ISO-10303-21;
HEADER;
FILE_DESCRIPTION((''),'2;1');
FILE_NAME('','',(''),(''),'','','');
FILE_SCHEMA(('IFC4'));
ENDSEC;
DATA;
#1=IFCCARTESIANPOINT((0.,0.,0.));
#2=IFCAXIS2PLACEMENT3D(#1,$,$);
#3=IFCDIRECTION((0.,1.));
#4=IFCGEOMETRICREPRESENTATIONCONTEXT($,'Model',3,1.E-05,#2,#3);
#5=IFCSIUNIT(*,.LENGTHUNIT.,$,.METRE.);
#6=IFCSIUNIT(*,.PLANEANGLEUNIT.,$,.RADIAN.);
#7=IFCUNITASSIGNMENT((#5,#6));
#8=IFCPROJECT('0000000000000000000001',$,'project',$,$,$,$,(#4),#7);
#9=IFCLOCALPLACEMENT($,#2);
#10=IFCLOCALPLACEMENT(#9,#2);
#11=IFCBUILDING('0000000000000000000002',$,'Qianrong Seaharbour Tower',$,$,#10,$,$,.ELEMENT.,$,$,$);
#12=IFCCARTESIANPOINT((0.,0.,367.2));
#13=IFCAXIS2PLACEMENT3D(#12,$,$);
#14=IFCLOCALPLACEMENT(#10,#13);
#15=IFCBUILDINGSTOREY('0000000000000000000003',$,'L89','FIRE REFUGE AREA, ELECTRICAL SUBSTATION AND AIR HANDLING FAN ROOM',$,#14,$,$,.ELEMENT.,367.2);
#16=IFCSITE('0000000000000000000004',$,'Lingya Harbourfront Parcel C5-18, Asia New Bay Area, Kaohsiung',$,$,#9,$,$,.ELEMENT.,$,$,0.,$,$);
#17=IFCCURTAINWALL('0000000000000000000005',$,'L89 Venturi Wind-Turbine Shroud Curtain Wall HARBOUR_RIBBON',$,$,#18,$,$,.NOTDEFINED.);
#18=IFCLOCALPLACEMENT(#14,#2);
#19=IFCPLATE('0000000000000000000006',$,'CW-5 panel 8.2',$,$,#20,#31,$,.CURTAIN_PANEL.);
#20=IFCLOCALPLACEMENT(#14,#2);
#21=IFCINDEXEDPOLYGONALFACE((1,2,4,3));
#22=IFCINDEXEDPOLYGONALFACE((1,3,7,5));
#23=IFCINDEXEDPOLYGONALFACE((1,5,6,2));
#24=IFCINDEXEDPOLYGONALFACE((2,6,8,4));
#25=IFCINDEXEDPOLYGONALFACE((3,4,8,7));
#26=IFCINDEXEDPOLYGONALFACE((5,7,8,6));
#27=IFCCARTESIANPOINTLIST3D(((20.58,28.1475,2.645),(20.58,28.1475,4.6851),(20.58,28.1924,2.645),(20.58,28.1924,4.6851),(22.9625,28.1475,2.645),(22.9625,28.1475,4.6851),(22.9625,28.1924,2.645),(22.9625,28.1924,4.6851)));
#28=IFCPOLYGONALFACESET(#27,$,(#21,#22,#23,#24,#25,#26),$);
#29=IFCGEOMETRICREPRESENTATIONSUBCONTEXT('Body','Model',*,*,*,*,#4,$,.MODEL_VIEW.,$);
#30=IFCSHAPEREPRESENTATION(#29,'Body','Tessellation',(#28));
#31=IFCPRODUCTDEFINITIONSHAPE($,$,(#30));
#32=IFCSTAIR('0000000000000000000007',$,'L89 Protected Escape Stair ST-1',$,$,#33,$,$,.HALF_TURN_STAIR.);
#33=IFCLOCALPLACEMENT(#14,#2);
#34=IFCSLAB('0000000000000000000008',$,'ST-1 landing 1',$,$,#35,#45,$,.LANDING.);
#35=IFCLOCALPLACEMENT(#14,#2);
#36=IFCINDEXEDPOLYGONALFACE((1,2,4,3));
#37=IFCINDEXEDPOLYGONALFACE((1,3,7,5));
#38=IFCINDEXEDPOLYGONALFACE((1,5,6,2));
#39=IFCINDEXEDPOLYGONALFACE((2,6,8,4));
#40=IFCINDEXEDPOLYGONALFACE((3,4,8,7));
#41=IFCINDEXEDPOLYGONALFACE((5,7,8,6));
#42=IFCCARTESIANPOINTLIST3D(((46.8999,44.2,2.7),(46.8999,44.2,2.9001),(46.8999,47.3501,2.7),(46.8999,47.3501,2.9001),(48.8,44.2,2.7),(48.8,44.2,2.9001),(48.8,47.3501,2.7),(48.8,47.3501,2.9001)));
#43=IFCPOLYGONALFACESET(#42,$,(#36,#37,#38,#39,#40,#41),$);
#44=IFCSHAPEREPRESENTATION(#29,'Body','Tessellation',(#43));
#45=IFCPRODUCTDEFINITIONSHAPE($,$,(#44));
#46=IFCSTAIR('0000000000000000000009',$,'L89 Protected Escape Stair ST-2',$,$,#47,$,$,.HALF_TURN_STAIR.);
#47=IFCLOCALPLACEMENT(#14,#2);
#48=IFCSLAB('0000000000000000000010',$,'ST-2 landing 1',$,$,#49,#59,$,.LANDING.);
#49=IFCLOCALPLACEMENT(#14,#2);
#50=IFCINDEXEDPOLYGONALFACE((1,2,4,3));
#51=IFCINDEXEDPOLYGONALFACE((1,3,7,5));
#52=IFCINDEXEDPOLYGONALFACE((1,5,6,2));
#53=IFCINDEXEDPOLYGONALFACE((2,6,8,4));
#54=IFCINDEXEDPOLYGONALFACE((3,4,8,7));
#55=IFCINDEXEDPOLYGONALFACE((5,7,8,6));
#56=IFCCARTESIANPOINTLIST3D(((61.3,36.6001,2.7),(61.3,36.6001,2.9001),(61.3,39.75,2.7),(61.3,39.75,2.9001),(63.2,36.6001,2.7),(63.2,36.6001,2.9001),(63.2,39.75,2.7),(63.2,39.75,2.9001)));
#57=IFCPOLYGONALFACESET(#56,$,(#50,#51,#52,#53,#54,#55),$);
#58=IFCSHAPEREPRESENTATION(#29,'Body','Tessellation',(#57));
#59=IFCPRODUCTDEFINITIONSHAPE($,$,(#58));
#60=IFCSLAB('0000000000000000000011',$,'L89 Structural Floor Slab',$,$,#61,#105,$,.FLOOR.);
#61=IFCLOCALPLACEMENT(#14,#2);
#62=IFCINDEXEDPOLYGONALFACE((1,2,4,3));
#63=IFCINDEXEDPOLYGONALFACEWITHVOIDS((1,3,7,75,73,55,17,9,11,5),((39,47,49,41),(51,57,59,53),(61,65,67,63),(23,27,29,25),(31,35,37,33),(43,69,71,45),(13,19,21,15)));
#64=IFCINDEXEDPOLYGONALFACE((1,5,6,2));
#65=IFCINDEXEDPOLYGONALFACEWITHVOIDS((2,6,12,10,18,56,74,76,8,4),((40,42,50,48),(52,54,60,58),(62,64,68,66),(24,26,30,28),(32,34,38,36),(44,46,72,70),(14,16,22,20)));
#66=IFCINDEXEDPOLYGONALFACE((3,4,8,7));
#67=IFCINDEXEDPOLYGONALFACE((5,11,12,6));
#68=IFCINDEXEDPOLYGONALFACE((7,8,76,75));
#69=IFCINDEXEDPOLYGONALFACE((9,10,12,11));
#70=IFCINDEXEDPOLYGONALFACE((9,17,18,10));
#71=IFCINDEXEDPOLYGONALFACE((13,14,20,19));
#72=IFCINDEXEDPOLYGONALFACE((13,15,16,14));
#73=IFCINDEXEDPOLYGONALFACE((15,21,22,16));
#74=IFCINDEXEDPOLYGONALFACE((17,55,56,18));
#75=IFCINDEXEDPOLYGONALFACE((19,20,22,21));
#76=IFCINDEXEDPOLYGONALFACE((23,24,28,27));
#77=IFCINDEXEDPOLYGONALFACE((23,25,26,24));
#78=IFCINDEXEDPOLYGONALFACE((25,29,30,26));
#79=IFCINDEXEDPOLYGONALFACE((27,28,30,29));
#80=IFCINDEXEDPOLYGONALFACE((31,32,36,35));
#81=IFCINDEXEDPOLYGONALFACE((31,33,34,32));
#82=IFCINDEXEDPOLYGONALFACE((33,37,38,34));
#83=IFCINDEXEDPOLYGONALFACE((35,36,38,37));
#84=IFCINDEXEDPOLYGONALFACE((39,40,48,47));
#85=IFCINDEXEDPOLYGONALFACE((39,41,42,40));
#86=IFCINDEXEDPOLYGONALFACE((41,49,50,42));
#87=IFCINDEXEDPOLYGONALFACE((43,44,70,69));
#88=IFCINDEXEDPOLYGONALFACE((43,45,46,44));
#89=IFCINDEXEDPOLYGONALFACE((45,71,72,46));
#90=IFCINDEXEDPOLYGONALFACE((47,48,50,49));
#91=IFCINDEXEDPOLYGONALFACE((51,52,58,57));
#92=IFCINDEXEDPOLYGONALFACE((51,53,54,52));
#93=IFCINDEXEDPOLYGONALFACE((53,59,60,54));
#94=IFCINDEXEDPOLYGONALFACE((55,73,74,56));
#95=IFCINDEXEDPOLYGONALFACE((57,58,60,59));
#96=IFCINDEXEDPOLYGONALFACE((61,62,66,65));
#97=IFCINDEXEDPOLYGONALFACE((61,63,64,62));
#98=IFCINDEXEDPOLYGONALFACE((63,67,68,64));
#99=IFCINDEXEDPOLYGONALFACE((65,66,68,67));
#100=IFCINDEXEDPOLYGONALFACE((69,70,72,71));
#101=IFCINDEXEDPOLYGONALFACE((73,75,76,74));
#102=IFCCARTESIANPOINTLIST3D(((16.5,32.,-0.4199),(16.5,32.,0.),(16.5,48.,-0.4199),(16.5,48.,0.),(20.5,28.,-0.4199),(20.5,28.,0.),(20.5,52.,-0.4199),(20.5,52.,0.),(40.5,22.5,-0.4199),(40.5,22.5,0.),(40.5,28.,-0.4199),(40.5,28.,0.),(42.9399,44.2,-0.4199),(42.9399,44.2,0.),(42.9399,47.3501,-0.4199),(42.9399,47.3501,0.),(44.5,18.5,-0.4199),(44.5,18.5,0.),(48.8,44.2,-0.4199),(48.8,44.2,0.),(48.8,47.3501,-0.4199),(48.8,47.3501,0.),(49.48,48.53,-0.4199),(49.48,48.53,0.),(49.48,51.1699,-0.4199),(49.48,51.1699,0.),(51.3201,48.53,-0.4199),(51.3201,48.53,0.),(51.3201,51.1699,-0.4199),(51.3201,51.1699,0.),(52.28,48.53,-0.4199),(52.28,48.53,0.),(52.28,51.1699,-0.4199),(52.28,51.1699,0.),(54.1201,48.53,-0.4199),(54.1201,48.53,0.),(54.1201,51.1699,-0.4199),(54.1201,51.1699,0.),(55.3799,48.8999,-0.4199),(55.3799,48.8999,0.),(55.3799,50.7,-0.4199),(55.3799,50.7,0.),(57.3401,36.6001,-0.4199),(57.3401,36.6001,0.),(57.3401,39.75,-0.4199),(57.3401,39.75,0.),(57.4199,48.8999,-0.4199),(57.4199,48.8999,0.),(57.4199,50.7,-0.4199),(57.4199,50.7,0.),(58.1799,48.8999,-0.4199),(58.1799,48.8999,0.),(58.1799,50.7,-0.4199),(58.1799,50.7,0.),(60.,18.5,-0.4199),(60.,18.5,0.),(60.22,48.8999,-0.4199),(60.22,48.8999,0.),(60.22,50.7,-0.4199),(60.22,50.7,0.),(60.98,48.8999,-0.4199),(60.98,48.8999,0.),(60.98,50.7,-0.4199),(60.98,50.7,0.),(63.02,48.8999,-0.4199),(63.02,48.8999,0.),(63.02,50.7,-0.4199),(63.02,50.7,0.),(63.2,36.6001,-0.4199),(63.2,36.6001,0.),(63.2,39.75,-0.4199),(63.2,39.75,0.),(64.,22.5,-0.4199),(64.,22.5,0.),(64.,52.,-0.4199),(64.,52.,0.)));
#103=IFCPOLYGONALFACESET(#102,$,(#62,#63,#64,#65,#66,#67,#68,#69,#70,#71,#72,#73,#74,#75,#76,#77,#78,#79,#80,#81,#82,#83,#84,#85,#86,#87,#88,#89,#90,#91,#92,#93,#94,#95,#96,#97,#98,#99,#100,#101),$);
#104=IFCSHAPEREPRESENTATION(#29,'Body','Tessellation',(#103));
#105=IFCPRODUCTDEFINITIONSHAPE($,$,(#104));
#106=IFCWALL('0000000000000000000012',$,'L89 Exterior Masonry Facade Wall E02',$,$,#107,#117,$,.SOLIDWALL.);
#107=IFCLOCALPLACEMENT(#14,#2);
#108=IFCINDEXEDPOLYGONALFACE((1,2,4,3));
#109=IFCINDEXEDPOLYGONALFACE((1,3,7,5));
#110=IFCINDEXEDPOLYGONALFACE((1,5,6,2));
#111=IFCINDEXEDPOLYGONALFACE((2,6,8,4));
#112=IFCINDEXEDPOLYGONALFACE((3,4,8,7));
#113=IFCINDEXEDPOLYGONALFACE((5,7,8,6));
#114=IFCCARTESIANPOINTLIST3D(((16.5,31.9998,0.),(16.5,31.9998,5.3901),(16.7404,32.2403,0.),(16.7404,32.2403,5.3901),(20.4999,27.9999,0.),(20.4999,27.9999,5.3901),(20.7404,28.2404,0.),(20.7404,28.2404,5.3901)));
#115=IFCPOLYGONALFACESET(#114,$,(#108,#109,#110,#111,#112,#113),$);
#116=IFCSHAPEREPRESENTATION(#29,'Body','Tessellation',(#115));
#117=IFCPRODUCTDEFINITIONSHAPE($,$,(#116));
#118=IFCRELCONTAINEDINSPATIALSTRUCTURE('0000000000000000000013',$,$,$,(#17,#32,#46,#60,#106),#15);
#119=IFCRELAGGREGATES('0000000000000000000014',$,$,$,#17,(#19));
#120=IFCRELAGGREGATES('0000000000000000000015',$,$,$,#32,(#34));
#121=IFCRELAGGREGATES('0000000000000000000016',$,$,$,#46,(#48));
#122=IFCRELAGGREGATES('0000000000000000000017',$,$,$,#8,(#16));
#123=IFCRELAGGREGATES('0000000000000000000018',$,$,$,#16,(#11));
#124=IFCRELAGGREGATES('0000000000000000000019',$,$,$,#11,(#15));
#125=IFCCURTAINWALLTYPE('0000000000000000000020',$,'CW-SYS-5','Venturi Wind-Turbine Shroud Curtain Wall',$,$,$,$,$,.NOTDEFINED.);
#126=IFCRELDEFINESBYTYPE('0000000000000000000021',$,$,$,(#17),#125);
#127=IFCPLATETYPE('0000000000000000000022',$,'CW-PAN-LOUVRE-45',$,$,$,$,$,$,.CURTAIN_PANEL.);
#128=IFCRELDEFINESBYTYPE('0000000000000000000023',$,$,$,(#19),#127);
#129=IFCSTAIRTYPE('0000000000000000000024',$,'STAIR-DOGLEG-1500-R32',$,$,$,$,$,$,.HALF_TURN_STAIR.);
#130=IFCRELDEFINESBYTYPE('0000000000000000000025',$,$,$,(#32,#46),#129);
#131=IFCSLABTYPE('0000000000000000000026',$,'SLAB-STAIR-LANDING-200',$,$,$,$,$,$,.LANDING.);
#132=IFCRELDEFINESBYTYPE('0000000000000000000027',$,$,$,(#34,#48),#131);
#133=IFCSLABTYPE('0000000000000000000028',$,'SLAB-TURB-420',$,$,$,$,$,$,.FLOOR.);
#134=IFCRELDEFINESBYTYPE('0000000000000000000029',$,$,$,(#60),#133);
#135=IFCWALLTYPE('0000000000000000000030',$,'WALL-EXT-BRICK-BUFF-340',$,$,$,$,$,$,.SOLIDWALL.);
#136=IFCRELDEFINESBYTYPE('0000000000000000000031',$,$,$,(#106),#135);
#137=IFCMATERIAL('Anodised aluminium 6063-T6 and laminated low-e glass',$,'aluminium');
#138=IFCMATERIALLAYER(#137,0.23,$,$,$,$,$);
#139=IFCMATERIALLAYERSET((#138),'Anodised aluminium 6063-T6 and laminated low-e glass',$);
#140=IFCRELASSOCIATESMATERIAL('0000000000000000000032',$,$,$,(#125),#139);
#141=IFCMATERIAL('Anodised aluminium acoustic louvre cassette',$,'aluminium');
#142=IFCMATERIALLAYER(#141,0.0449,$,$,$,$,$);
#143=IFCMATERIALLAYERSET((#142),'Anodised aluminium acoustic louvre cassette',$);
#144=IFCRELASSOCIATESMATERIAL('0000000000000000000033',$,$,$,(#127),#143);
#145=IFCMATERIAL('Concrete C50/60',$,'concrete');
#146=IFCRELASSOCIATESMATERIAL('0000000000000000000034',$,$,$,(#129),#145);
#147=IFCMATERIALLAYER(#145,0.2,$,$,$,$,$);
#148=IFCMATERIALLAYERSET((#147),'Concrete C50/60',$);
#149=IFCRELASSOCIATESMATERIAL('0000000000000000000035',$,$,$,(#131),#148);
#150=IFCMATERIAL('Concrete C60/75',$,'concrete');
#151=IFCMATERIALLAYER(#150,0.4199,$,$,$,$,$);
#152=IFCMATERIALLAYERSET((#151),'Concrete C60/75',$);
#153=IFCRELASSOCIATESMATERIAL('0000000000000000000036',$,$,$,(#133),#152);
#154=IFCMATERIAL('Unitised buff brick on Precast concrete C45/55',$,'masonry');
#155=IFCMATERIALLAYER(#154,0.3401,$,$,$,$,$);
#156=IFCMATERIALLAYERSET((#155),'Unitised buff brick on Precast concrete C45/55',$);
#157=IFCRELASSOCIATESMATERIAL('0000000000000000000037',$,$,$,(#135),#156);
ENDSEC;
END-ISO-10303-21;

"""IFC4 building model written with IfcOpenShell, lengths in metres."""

from ifc_helpers import new_model, si_unit, direction, frame, frame_2d, origin, origin_2d, place, context, subcontext, project, spatial, polyline, rectangle, outline, extrude, material, layer, layer_set, type_object, element, aggregate, save


model = new_model("IFC4")

# Units and contexts
model_context = context("Model", 3, precision=1e-05, world=origin(), true_north=direction((0.0, 1.0)))
body_context = subcontext(model_context, "Body", "Model", "MODEL_VIEW")
ifc_project = project(units=[si_unit("LENGTHUNIT", "METRE"), si_unit("PLANEANGLEUNIT", "RADIAN")], contexts=[model_context])

# Site, building, storey
site_placement = place(None, origin())
site = spatial("IfcSite", under=ifc_project, at=site_placement, Name="Lingya Harbourfront Parcel C5-18, Asia New Bay Area, Kaohsiung", CompositionType="ELEMENT", RefElevation=0.0)
building_placement = place(site_placement, origin())
building = spatial("IfcBuilding", under=site, at=building_placement, Name="Qianrong Seaharbour Tower", CompositionType="ELEMENT")
storey_placement = place(building_placement, frame((0.0, 0.0, 367.2)))
storey = spatial("IfcBuildingStorey", under=building, at=storey_placement, Name="L89", Description="FIRE REFUGE AREA, ELECTRICAL SUBSTATION AND AIR HANDLING FAN ROOM", CompositionType="ELEMENT", Elevation=367.2)

# Curtain wall, plate
ifc_material_1 = material(Name="Anodised aluminium 6063-T6 and laminated low-e glass", Category="aluminium")
ifc_layer_1 = layer(ifc_material_1, 0.23)
ifc_layer_set_1 = layer_set([ifc_layer_1], Name="Anodised aluminium 6063-T6 and laminated low-e glass")
curtain_wall_type = type_object("IfcCurtainWallType", Name="CW-SYS-5", Description="Venturi Wind-Turbine Shroud Curtain Wall", PredefinedType="NOTDEFINED", material=ifc_layer_set_1)
curtain_wall_placement = place(storey_placement, origin())
curtain_wall = element("IfcCurtainWall", 1, at=curtain_wall_placement, inside=storey, type_object=curtain_wall_type, Name="L89 Venturi Wind-Turbine Shroud Curtain Wall HARBOUR_RIBBON", PredefinedType="NOTDEFINED")
ifc_material_2 = material(Name="Anodised aluminium acoustic louvre cassette", Category="aluminium")
ifc_layer_2 = layer(ifc_material_2, 0.0449)
ifc_layer_set_2 = layer_set([ifc_layer_2], Name="Anodised aluminium acoustic louvre cassette")
plate_type = type_object("IfcPlateType", Name="CW-PAN-LOUVRE-45", PredefinedType="CURTAIN_PANEL", material=ifc_layer_set_2)
plate_1_placement = place(storey_placement, frame((21.7712, 28.1699, 2.645), z_axis=(0.0, 0.0, 1.0), x_axis=(-1.0, 0.0, 0.0)))
plate_1 = element("IfcPlate", 2, at=plate_1_placement, type_object=plate_type, Name="CW-5 panel 8.2", PredefinedType="CURTAIN_PANEL", context=body_context, shape_type="SweptSolid", body=[
    extrude(rectangle(XDim=2.3826, YDim=0.0449, at=origin_2d()), origin(), (0.0, 0.0, 1.0), 2.04),
])
aggregate(curtain_wall, [plate_1])

# Stairs, slabs
ifc_material_3 = material(Name="Concrete C50/60", Category="concrete")
stair_type = type_object("IfcStairType", Name="STAIR-DOGLEG-1500-R32", PredefinedType="HALF_TURN_STAIR", material=ifc_material_3)
stair_1_placement = place(storey_placement, origin())
stair_1 = element("IfcStair", 3, at=stair_1_placement, inside=storey, type_object=stair_type, Name="L89 Protected Escape Stair ST-1", PredefinedType="HALF_TURN_STAIR")
ifc_layer_3 = layer(ifc_material_3, 0.2)
ifc_layer_set_3 = layer_set([ifc_layer_3], Name="Concrete C50/60")
slab_type_1 = type_object("IfcSlabType", Name="SLAB-STAIR-LANDING-200", PredefinedType="LANDING", material=ifc_layer_set_3)
slab_1_placement = place(storey_placement, frame((0.0, 0.0, 2.7)))
slab_1 = element("IfcSlab", 4, at=slab_1_placement, type_object=slab_type_1, Name="ST-1 landing 1", PredefinedType="LANDING", context=body_context, shape_type="SweptSolid", body=[
    extrude(outline(polyline([(46.8999, 44.2), (48.8, 44.2), (48.8, 47.3501), (46.8999, 47.3501), (46.8999, 44.2)])), origin(), (0.0, 0.0, 1.0), 0.2002),
])
aggregate(stair_1, [slab_1])
stair_2_placement = place(storey_placement, origin())
stair_2 = element("IfcStair", 5, at=stair_2_placement, inside=storey, type_object=stair_type, Name="L89 Protected Escape Stair ST-2", PredefinedType="HALF_TURN_STAIR")
slab_2_placement = place(storey_placement, frame((0.0, 0.0, 2.7)))
slab_2 = element("IfcSlab", 6, at=slab_2_placement, type_object=slab_type_1, Name="ST-2 landing 1", PredefinedType="LANDING", context=body_context, shape_type="SweptSolid", body=[
    extrude(outline(polyline([(61.3, 36.6001), (63.2, 36.6001), (63.2, 39.75), (61.3, 39.75), (61.3, 36.6001)])), origin(), (0.0, 0.0, 1.0), 0.2002),
])
aggregate(stair_2, [slab_2])

# Slab
ifc_material_4 = material(Name="Concrete C60/75", Category="concrete")
ifc_layer_4 = layer(ifc_material_4, 0.4199)
ifc_layer_set_4 = layer_set([ifc_layer_4], Name="Concrete C60/75")
slab_type_2 = type_object("IfcSlabType", Name="SLAB-TURB-420", PredefinedType="FLOOR", material=ifc_layer_set_4)
slab_3_placement = place(storey_placement, frame((0.0, 0.0, -0.4199)))
element("IfcSlab", 7, at=slab_3_placement, inside=storey, type_object=slab_type_2, Name="L89 Structural Floor Slab", PredefinedType="FLOOR", context=body_context, shape_type="SweptSolid", body=[
    extrude(outline(polyline([(44.5, 18.5), (60.0, 18.5), (64.0, 22.5), (64.0, 52.0), (20.5, 52.0), (16.5, 48.0), (16.5, 32.0), (20.5, 28.0), (40.5, 28.0), (40.5, 22.5), (44.5, 18.5)]), holes=[polyline([(42.9399, 44.2), (42.9399, 47.3501), (48.8, 47.3501), (48.8, 44.2), (42.9399, 44.2)]), polyline([(57.3401, 36.6001), (57.3401, 39.75), (63.2, 39.75), (63.2, 36.6001), (57.3401, 36.6001)]), polyline([(49.48, 48.53), (49.48, 51.1699), (51.3201, 51.1699), (51.3201, 48.53), (49.48, 48.53)]), polyline([(52.28, 48.53), (52.28, 51.1699), (54.1201, 51.1699), (54.1201, 48.53), (52.28, 48.53)]), polyline([(55.3799, 48.8999), (55.3799, 50.7), (57.4199, 50.7), (57.4199, 48.8999), (55.3799, 48.8999)]), polyline([(58.1799, 48.8999), (58.1799, 50.7), (60.22, 50.7), (60.22, 48.8999), (58.1799, 48.8999)]), polyline([(60.98, 48.8999), (60.98, 50.7), (63.02, 50.7), (63.02, 48.8999), (60.98, 48.8999)])]), origin(), (0.0, 0.0, 1.0), 0.4199),
])

# Wall
ifc_material_5 = material(Name="Unitised buff brick on Precast concrete C45/55", Category="masonry")
ifc_layer_5 = layer(ifc_material_5, 0.3401)
ifc_layer_set_5 = layer_set([ifc_layer_5], Name="Unitised buff brick on Precast concrete C45/55")
wall_type = type_object("IfcWallType", Name="WALL-EXT-BRICK-BUFF-340", PredefinedType="SOLIDWALL", material=ifc_layer_set_5)
wall_placement = place(storey_placement, frame((20.6201, 28.1201, 0.0), z_axis=(0.0, 0.0, 1.0), x_axis=(-0.707107, 0.707107, 0.0)))
element("IfcWall", 8, at=wall_placement, inside=storey, type_object=wall_type, Name="L89 Exterior Masonry Facade Wall E02", PredefinedType="SOLIDWALL", context=body_context, shape_type="SweptSolid", body=[
    extrude(rectangle(XDim=5.6567, YDim=0.3401, at=frame_2d((2.8284, 0.0))), origin(), (0.0, 0.0, 1.0), 5.3901),
])

save(model, "model.ifc")
